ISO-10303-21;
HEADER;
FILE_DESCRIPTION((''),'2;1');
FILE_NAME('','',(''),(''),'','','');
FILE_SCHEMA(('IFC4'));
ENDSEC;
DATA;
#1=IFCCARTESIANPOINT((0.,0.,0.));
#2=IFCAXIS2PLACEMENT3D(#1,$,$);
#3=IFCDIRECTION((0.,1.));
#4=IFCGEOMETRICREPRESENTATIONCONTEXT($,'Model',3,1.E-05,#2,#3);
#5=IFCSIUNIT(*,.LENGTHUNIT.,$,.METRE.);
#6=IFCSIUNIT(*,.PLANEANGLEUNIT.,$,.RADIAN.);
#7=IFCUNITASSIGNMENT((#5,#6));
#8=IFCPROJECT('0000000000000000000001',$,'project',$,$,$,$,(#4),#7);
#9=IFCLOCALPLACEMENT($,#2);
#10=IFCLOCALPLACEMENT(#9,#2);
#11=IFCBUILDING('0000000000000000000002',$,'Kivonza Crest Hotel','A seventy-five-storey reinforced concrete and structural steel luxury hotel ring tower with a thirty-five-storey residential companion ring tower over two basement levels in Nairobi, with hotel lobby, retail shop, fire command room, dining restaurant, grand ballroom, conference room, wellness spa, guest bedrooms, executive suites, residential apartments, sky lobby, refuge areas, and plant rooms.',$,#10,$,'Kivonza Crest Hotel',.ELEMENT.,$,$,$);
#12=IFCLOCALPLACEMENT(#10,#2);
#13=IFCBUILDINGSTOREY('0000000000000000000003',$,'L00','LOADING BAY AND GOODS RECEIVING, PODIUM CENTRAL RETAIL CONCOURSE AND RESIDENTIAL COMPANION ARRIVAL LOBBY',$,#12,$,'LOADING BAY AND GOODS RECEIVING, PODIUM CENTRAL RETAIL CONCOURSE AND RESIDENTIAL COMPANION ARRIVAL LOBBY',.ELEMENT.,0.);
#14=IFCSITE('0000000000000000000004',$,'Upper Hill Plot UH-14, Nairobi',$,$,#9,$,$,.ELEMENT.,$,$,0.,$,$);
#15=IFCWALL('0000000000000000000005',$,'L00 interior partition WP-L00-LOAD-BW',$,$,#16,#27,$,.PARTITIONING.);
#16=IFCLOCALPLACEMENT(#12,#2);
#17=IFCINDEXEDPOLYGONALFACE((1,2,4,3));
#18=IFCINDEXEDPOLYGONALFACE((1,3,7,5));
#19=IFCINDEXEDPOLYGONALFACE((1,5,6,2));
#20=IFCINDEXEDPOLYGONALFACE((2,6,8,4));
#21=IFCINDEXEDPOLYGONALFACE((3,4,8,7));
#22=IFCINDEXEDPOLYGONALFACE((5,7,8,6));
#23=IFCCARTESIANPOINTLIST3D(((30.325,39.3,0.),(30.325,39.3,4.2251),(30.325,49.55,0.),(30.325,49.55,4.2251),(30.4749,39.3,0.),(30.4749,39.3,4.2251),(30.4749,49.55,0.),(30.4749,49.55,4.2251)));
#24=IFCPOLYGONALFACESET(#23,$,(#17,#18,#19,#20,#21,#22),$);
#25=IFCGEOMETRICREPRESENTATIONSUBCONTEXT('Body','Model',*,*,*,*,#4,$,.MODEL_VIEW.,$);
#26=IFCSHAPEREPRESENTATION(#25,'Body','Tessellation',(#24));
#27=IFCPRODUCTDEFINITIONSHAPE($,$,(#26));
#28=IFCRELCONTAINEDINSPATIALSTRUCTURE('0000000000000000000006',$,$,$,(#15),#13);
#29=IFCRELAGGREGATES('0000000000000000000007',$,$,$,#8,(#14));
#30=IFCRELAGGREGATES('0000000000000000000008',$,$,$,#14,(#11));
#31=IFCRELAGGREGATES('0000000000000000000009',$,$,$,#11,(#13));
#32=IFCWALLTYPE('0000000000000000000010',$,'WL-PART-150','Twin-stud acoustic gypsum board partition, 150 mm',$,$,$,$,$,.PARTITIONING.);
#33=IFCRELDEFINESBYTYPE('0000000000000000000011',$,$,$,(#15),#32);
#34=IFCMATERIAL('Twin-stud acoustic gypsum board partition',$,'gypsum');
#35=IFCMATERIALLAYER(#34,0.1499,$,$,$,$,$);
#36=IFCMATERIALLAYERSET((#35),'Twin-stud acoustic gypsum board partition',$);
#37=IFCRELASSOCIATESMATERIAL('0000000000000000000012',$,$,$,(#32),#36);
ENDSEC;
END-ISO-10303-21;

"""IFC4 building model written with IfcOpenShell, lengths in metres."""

from ifc_helpers import new_model, si_unit, direction, frame, frame_2d, origin, place, context, subcontext, project, spatial, rectangle, extrude, material, layer, layer_set, type_object, element, save


model = new_model("IFC4")

# Units and contexts
model_context = context("Model", 3, precision=1e-05, world=origin(), true_north=direction((0.0, 1.0)))
body_context = subcontext(model_context, "Body", "Model", "MODEL_VIEW")
ifc_project = project(units=[si_unit("LENGTHUNIT", "METRE"), si_unit("PLANEANGLEUNIT", "RADIAN")], contexts=[model_context])

# Site, building, storey
site_placement = place(None, origin())
site = spatial("IfcSite", under=ifc_project, at=site_placement, Name="Upper Hill Plot UH-14, Nairobi", CompositionType="ELEMENT", RefElevation=0.0)
building_placement = place(site_placement, origin())
building = spatial("IfcBuilding", under=site, at=building_placement, Name="Kivonza Crest Hotel", Description="A seventy-five-storey reinforced concrete and structural steel luxury hotel ring tower with a thirty-five-storey residential companion ring tower over two basement levels in Nairobi, with hotel lobby, retail shop, fire command room, dining restaurant, grand ballroom, conference room, wellness spa, guest bedrooms, executive suites, residential apartments, sky lobby, refuge areas, and plant rooms.", LongName="Kivonza Crest Hotel", CompositionType="ELEMENT")
storey_placement = place(building_placement, origin())
storey = spatial("IfcBuildingStorey", under=building, at=storey_placement, Name="L00", Description="LOADING BAY AND GOODS RECEIVING, PODIUM CENTRAL RETAIL CONCOURSE AND RESIDENTIAL COMPANION ARRIVAL LOBBY", LongName="LOADING BAY AND GOODS RECEIVING, PODIUM CENTRAL RETAIL CONCOURSE AND RESIDENTIAL COMPANION ARRIVAL LOBBY", CompositionType="ELEMENT", Elevation=0.0)

# Wall
ifc_material_1 = material(Name="Twin-stud acoustic gypsum board partition", Category="gypsum")
ifc_layer_1 = layer(ifc_material_1, 0.1499)
ifc_layer_set_1 = layer_set([ifc_layer_1], Name="Twin-stud acoustic gypsum board partition")
wall_type_1 = type_object("IfcWallType", Name="WL-PART-150", Description="Twin-stud acoustic gypsum board partition, 150 mm", PredefinedType="PARTITIONING", material=ifc_layer_set_1)
for number, where, z_axis, x_axis, name in (
    (1, (30.3999, 39.3, 0.0), (0.0, 0.0, 1.0), (0.0, 1.0, 0.0), "L00 interior partition WP-L00-LOAD-BW"),
):
    element("IfcWall", number, at=place(storey_placement, frame(where, z_axis=z_axis, x_axis=x_axis)), inside=storey, type_object=wall_type_1, Name=name, PredefinedType="PARTITIONING", context=body_context, shape_type="SweptSolid", body=[
        extrude(rectangle(XDim=10.25, YDim=0.1499, at=frame_2d((5.125, 0.0))), origin(), (0.0, 0.0, 1.0), 4.2251),
    ])

save(model, "model.ifc")
